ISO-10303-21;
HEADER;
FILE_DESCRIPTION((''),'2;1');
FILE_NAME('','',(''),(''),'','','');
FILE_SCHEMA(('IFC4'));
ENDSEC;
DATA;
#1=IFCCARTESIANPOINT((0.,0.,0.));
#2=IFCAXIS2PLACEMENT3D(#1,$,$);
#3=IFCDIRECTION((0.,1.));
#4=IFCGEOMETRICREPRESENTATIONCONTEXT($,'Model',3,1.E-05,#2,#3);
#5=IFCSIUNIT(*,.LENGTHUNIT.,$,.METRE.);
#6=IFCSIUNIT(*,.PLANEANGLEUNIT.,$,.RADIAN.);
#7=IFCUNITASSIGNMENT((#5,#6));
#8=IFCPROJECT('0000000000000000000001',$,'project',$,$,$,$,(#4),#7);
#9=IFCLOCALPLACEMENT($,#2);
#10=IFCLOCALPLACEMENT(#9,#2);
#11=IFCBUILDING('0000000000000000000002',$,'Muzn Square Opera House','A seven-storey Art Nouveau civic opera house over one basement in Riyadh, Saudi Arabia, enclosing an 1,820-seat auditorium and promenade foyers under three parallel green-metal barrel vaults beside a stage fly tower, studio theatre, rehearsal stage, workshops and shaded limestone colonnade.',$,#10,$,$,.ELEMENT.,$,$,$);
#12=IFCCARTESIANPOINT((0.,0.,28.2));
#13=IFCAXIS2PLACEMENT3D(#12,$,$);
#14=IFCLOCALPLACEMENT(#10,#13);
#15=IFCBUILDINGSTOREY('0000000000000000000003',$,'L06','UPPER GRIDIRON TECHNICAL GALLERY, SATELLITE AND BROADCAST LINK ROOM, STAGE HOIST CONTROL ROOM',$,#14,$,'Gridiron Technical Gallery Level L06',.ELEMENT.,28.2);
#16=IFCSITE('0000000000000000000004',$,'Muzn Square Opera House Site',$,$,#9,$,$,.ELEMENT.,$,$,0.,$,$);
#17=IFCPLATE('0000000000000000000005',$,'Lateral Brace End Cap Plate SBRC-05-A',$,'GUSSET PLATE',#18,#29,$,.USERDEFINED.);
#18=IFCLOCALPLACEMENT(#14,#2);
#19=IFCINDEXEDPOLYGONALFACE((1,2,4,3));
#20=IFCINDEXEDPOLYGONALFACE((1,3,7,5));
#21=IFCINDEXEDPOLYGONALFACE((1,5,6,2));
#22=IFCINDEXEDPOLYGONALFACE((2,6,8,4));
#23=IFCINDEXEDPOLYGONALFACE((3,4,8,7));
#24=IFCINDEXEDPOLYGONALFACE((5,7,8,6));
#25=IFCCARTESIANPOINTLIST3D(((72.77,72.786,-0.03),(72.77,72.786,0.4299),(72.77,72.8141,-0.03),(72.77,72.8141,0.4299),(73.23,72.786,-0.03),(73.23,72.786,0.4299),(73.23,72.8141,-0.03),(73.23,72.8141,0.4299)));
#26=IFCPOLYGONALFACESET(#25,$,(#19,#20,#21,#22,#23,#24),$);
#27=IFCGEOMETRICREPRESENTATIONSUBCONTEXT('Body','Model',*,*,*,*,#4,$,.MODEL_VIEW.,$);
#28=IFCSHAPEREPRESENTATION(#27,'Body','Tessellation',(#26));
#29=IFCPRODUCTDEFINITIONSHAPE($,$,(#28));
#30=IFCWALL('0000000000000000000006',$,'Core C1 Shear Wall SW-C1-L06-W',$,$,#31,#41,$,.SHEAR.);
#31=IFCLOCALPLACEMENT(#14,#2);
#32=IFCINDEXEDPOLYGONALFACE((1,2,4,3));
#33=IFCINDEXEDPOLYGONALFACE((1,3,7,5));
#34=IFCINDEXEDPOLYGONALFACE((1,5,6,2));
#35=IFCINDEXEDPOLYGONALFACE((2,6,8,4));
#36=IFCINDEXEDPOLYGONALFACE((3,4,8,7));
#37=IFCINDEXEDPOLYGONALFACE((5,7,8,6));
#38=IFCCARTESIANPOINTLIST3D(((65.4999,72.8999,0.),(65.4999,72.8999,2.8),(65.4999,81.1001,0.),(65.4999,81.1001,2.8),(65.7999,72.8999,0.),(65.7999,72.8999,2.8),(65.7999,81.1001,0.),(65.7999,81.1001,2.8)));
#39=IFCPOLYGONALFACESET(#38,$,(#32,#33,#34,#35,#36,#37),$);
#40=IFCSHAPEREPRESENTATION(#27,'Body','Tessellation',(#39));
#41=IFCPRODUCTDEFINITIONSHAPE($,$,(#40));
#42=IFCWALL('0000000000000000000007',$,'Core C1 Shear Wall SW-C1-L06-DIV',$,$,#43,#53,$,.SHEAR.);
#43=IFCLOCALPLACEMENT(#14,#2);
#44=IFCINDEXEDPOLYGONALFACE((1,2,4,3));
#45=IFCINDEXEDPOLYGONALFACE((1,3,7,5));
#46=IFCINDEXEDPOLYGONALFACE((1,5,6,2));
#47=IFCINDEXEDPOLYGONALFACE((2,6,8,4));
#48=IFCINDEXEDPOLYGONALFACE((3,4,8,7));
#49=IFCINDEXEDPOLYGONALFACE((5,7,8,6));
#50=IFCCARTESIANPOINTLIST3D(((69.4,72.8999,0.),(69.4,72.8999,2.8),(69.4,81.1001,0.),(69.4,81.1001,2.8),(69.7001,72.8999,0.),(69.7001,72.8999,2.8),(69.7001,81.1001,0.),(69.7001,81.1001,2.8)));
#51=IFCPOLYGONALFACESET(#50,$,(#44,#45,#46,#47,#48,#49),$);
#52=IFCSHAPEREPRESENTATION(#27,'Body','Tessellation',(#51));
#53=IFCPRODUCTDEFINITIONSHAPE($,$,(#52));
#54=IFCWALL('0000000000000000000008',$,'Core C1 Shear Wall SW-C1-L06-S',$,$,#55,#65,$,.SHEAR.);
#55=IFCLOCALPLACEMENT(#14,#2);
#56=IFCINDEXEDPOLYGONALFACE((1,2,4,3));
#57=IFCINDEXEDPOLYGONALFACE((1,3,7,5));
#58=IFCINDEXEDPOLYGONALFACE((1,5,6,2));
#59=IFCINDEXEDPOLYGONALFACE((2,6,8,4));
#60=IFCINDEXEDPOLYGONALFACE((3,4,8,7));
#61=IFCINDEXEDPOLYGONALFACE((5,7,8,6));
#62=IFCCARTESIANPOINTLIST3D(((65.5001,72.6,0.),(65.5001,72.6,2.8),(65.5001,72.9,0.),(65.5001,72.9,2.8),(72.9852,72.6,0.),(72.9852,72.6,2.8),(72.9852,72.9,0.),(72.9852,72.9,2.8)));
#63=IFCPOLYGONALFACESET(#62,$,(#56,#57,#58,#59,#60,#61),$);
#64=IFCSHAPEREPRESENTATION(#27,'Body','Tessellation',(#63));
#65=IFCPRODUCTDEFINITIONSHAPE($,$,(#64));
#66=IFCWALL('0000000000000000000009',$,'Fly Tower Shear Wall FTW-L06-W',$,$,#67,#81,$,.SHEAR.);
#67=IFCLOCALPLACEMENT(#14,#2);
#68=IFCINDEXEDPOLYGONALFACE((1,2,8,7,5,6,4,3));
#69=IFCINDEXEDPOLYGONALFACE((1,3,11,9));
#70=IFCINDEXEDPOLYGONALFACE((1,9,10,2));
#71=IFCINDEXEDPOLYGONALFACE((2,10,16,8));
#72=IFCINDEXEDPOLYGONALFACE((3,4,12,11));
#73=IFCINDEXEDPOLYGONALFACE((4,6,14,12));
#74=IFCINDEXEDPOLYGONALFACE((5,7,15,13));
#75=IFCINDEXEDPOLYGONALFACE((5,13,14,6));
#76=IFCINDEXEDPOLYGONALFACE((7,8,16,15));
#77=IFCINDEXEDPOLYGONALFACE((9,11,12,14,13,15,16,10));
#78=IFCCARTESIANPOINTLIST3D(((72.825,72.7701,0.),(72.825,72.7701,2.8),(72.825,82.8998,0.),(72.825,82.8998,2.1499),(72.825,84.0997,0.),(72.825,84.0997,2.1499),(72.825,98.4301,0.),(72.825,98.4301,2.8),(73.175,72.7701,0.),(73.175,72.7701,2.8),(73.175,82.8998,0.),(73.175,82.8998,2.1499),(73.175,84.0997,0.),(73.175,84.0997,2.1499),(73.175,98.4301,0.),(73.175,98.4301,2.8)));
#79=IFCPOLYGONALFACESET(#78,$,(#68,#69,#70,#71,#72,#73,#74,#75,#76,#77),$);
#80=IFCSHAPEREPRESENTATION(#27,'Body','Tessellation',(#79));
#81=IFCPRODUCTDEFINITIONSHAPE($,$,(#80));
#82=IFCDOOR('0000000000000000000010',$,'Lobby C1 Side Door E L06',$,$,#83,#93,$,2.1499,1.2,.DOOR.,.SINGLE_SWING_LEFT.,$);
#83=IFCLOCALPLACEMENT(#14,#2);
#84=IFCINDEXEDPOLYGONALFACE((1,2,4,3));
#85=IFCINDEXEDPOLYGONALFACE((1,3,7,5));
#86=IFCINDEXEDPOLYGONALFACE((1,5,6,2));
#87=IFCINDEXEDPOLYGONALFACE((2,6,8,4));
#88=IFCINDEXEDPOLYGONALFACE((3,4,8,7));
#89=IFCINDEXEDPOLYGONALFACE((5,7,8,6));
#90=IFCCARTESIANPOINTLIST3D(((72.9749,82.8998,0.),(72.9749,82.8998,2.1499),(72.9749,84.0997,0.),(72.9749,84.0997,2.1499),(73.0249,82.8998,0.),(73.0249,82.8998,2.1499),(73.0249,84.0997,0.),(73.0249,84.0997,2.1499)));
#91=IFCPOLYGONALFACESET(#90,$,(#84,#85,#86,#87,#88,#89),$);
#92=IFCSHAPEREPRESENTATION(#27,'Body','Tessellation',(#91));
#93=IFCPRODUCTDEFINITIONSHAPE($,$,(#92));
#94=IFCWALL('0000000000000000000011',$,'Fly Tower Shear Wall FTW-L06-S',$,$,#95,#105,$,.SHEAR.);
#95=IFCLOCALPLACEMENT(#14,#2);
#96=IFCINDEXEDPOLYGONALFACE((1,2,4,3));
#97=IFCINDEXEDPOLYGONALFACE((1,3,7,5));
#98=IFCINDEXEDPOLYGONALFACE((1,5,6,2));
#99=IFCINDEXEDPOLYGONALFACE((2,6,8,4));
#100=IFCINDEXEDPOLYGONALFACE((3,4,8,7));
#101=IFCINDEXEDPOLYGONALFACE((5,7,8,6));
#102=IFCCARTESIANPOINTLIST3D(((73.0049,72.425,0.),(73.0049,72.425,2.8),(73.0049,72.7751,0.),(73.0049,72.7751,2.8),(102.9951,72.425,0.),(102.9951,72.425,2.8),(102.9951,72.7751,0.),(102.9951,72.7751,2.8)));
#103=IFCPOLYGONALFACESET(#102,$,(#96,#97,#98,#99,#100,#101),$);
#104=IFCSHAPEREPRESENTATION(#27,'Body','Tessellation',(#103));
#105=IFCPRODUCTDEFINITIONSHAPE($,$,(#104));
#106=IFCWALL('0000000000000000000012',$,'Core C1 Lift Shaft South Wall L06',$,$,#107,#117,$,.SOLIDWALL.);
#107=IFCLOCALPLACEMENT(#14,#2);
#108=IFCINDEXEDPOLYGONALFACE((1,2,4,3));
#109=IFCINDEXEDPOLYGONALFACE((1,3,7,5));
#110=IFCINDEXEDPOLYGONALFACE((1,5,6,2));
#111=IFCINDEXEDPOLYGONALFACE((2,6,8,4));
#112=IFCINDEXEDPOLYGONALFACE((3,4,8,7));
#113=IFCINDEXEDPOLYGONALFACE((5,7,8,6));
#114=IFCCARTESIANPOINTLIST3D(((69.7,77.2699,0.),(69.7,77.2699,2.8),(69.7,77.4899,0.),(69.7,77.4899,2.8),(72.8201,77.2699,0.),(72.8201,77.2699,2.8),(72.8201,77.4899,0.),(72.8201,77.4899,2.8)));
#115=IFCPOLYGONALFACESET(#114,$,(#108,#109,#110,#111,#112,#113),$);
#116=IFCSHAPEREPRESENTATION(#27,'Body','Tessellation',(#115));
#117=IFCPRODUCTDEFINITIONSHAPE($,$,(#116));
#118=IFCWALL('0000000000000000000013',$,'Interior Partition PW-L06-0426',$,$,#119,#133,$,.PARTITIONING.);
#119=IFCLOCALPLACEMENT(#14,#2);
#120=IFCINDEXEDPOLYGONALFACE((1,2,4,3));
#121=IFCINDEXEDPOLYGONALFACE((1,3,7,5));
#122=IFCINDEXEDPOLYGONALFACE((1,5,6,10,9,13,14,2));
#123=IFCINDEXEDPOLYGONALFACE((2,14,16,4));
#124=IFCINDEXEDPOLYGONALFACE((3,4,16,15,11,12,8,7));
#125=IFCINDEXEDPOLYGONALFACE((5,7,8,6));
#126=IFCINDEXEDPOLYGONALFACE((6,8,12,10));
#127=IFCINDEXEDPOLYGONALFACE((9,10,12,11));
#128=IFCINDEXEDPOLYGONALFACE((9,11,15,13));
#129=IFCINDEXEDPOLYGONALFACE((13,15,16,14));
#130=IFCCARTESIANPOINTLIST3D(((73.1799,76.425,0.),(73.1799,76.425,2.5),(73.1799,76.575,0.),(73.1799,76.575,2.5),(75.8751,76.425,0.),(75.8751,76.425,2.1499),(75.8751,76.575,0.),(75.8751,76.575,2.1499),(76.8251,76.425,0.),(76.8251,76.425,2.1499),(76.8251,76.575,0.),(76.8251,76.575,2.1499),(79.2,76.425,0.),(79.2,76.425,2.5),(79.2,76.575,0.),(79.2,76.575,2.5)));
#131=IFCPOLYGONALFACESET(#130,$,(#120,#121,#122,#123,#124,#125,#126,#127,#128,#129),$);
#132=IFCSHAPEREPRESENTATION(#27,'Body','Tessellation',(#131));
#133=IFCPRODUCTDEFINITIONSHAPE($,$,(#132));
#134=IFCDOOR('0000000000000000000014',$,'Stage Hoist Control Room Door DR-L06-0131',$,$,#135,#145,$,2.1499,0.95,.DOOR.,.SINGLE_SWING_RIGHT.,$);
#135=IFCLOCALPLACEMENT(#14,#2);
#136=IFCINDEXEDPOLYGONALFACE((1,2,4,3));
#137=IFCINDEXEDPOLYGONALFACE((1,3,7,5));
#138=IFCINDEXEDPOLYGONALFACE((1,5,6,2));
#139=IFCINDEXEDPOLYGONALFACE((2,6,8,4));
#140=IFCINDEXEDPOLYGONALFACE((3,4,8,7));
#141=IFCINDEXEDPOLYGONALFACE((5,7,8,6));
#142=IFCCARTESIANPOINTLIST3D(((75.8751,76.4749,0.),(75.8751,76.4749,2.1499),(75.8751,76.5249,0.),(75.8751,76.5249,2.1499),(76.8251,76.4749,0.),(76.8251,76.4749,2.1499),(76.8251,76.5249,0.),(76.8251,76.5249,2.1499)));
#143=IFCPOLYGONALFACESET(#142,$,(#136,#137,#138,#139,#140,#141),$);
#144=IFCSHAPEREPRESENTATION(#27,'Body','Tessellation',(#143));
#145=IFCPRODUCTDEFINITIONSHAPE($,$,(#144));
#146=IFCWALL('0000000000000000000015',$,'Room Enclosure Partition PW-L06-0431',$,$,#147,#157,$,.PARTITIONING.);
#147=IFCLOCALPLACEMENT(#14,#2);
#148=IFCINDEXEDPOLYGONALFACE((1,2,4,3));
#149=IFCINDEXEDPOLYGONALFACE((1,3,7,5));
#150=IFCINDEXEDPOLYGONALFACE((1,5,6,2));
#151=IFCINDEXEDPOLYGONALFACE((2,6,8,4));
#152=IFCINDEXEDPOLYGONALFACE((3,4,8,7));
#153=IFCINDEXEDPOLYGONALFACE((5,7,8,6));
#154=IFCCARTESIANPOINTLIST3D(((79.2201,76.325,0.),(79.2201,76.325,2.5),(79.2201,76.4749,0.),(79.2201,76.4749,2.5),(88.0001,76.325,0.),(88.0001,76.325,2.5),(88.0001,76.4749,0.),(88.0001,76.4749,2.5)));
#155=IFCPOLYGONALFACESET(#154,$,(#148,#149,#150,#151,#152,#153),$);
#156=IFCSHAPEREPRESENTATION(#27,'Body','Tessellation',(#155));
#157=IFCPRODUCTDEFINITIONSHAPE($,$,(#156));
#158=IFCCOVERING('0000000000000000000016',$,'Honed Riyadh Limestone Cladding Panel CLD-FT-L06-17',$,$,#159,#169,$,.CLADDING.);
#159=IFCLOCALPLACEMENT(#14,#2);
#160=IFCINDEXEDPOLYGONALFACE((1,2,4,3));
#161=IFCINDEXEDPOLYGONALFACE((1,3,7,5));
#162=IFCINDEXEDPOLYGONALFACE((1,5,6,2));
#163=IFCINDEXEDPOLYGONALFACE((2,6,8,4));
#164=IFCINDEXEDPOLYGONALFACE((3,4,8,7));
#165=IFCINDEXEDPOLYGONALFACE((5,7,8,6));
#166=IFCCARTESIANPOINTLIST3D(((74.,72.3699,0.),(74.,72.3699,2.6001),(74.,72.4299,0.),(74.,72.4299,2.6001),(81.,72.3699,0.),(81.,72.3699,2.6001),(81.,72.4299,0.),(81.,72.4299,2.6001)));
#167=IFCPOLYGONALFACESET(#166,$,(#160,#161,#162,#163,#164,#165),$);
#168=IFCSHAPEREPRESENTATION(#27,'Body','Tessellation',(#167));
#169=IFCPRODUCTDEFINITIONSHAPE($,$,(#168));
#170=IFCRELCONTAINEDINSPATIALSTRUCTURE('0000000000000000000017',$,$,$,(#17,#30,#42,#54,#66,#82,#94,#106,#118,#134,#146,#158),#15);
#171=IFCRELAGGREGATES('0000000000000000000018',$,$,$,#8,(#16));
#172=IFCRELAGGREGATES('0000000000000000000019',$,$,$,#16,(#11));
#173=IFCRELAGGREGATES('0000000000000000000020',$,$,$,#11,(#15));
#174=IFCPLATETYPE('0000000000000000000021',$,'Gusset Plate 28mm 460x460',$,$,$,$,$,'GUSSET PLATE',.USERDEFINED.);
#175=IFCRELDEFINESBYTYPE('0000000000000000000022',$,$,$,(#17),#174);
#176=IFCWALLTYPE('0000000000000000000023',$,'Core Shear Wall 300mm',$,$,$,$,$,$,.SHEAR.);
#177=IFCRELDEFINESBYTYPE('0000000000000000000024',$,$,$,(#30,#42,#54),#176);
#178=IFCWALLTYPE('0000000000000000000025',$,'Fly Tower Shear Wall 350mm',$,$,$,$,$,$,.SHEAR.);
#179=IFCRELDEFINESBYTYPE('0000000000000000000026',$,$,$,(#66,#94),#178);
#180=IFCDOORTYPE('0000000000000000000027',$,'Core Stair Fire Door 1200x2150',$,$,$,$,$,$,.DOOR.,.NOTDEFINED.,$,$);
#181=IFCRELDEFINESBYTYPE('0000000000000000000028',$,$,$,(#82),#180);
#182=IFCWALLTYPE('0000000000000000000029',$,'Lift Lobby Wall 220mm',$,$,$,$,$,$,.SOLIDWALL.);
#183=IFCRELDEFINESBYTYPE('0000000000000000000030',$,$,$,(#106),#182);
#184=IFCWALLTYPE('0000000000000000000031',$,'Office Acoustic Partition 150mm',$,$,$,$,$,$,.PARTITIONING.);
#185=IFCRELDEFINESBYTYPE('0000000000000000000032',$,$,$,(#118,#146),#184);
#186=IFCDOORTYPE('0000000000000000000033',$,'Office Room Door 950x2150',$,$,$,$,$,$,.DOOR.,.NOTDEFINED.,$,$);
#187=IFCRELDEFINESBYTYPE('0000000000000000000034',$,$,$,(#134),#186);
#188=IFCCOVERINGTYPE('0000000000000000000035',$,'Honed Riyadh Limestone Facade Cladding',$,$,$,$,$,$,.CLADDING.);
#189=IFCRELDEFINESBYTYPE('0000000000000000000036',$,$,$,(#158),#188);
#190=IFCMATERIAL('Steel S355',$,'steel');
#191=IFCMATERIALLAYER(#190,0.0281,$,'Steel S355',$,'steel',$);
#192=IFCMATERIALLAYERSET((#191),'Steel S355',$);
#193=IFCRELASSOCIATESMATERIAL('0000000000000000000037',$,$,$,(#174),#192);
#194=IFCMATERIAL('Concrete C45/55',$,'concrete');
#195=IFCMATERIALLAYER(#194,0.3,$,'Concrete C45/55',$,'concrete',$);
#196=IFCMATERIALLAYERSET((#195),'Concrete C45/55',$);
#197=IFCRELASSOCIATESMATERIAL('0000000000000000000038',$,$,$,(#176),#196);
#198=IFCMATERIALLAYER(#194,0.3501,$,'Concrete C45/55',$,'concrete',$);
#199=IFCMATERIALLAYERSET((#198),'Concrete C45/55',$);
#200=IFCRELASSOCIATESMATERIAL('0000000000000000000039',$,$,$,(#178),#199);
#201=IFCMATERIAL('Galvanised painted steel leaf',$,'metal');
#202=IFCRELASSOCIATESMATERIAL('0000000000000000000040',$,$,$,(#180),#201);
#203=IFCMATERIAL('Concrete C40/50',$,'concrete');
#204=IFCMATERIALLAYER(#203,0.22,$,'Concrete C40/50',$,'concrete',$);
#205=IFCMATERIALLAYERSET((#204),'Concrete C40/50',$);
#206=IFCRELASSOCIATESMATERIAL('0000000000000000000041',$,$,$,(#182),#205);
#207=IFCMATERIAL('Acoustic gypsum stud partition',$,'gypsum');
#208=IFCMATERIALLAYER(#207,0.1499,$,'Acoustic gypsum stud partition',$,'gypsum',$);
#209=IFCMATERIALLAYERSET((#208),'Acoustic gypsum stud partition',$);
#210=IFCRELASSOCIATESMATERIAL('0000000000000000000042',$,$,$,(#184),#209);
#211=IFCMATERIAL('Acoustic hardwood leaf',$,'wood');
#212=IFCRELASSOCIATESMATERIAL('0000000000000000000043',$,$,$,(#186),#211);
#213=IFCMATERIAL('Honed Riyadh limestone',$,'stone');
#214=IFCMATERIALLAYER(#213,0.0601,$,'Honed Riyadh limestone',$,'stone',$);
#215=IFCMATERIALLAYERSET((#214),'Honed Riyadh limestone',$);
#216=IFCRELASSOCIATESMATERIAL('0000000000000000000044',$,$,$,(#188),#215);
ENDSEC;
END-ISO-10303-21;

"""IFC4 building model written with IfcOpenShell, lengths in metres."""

from ifc_helpers import new_model, si_unit, direction, frame, frame_2d, origin, origin_2d, place, context, subcontext, project, spatial, rectangle, extrude, material, layer, layer_set, type_object, element, fill, save


model = new_model("IFC4")

# Units and contexts
model_context = context("Model", 3, precision=1e-05, world=origin(), true_north=direction((0.0, 1.0)))
body_context = subcontext(model_context, "Body", "Model", "MODEL_VIEW")
ifc_project = project(units=[si_unit("LENGTHUNIT", "METRE"), si_unit("PLANEANGLEUNIT", "RADIAN")], contexts=[model_context])

# Site, building, storey
site_placement = place(None, origin())
site = spatial("IfcSite", under=ifc_project, at=site_placement, Name="Muzn Square Opera House Site", CompositionType="ELEMENT", RefElevation=0.0)
building_placement = place(site_placement, origin())
building = spatial("IfcBuilding", under=site, at=building_placement, Name="Muzn Square Opera House", Description="A seven-storey Art Nouveau civic opera house over one basement in Riyadh, Saudi Arabia, enclosing an 1,820-seat auditorium and promenade foyers under three parallel green-metal barrel vaults beside a stage fly tower, studio theatre, rehearsal stage, workshops and shaded limestone colonnade.", CompositionType="ELEMENT")
storey_placement = place(building_placement, frame((0.0, 0.0, 28.2)))
storey = spatial("IfcBuildingStorey", under=building, at=storey_placement, Name="L06", Description="UPPER GRIDIRON TECHNICAL GALLERY, SATELLITE AND BROADCAST LINK ROOM, STAGE HOIST CONTROL ROOM", LongName="Gridiron Technical Gallery Level L06", CompositionType="ELEMENT", Elevation=28.2)

# Shared definitions
ifc_material_1 = material(Name="Concrete C45/55", Category="concrete")
ifc_material_2 = material(Name="Steel S355", Category="steel")

# Shared definitions
ifc_material_3 = material(Name="Concrete C40/50", Category="concrete")

# Plate
ifc_layer_1 = layer(ifc_material_2, 0.0281, Name="Steel S355", Category="steel")
ifc_layer_set_1 = layer_set([ifc_layer_1], Name="Steel S355")
plate_type = type_object("IfcPlateType", Name="Gusset Plate 28mm 460x460", ElementType="GUSSET PLATE", PredefinedType="USERDEFINED", material=ifc_layer_set_1)
plate_placement = place(storey_placement, frame((73.0, 72.8, -0.03), z_axis=(0.0, 0.0, 1.0), x_axis=(1.0, 0.0, 0.0)))
element("IfcPlate", 1, at=plate_placement, inside=storey, type_object=plate_type, Name="Lateral Brace End Cap Plate SBRC-05-A", ObjectType="GUSSET PLATE", PredefinedType="USERDEFINED", context=body_context, shape_type="SweptSolid", body=[
    extrude(rectangle(XDim=0.46, YDim=0.0281, at=origin_2d()), origin(), (0.0, 0.0, 1.0), 0.46),
])

# Walls
ifc_layer_2 = layer(ifc_material_1, 0.3, Name="Concrete C45/55", Category="concrete")
ifc_layer_set_2 = layer_set([ifc_layer_2], Name="Concrete C45/55")
wall_type_1 = type_object("IfcWallType", Name="Core Shear Wall 300mm", PredefinedType="SHEAR", material=ifc_layer_set_2)
for number, where, z_axis, x_axis, name in (
    (2, (65.6499, 72.8999, 0.0), (0.0, 0.0, 1.0), (0.0, 1.0, 0.0), "Core C1 Shear Wall SW-C1-L06-W"),
    (3, (69.55, 72.8999, 0.0), (0.0, 0.0, 1.0), (0.0, 1.0, 0.0), "Core C1 Shear Wall SW-C1-L06-DIV"),
):
    element("IfcWall", number, at=place(storey_placement, frame(where, z_axis=z_axis, x_axis=x_axis)), inside=storey, type_object=wall_type_1, Name=name, PredefinedType="SHEAR", context=body_context, shape_type="SweptSolid", body=[
        extrude(rectangle(XDim=8.2002, YDim=0.3, at=frame_2d((4.1001, 0.0))), origin(), (0.0, 0.0, 1.0), 2.8),
    ])
wall_1_placement = place(storey_placement, frame((65.5, 72.75, 0.0), z_axis=(0.0, 0.0, 1.0), x_axis=(1.0, 0.0, 0.0)))
element("IfcWall", 4, at=wall_1_placement, inside=storey, type_object=wall_type_1, Name="Core C1 Shear Wall SW-C1-L06-S", PredefinedType="SHEAR", context=body_context, shape_type="SweptSolid", body=[
    extrude(rectangle(XDim=7.4851, YDim=0.3, at=frame_2d((3.7427, 0.0))), origin(), (0.0, 0.0, 1.0), 2.8),
])

# Wall, opening, door
ifc_layer_3 = layer(ifc_material_1, 0.3501, Name="Concrete C45/55", Category="concrete")
ifc_layer_set_3 = layer_set([ifc_layer_3], Name="Concrete C45/55")
wall_type_2 = type_object("IfcWallType", Name="Fly Tower Shear Wall 350mm", PredefinedType="SHEAR", material=ifc_layer_set_3)
wall_2_placement = place(storey_placement, frame((73.0, 72.77, 0.0), z_axis=(0.0, 0.0, 1.0), x_axis=(0.0, 1.0, 0.0)))
wall_2 = element("IfcWall", 5, at=wall_2_placement, inside=storey, type_object=wall_type_2, Name="Fly Tower Shear Wall FTW-L06-W", PredefinedType="SHEAR", context=body_context, shape_type="SweptSolid", body=[
    extrude(rectangle(XDim=25.6599, YDim=0.3501, at=frame_2d((12.8301, 0.0))), origin(), (0.0, 0.0, 1.0), 2.8),
])
opening_1_placement = place(wall_2_placement, frame((11.3298, 0.0, 0.0), z_axis=(0.0, 0.0, 1.0), x_axis=(-1.0, 0.0, 0.0)))
opening_1 = element("IfcOpeningElement", 6, at=opening_1_placement, cuts=wall_2, PredefinedType="OPENING", context=body_context, shape_type="SweptSolid", body=[
    extrude(rectangle(XDim=1.2, YDim=2.1499, at=frame_2d((0.6001, 1.075))), frame((0.0, 0.1851, 0.0), z_axis=(0.0, -1.0, 0.0), x_axis=(1.0, 0.0, 0.0)), (0.0, 0.0, 1.0), 0.3701),
])
ifc_material_4 = material(Name="Galvanised painted steel leaf", Category="metal")
door_type_1 = type_object("IfcDoorType", Name="Core Stair Fire Door 1200x2150", OperationType="NOTDEFINED", PredefinedType="DOOR", material=ifc_material_4)
door_1_placement = place(opening_1_placement, origin())
door_1 = element("IfcDoor", 7, at=door_1_placement, inside=storey, type_object=door_type_1, Name="Lobby C1 Side Door E L06", OperationType="SINGLE_SWING_LEFT", OverallHeight=2.1499, OverallWidth=1.2, PredefinedType="DOOR", context=body_context, shape_type="SweptSolid", body=[
    extrude(rectangle(XDim=1.2, YDim=2.1499, at=frame_2d((0.6001, 1.075))), frame((0.0, 0.0249, 0.0), z_axis=(0.0, -1.0, 0.0), x_axis=(1.0, 0.0, 0.0)), (0.0, 0.0, 1.0), 0.05),
])
fill(opening_1, door_1)

# Walls
wall_3_placement = place(storey_placement, frame((73.0049, 72.6001, 0.0), z_axis=(0.0, 0.0, 1.0), x_axis=(1.0, 0.0, 0.0)))
element("IfcWall", 8, at=wall_3_placement, inside=storey, type_object=wall_type_2, Name="Fly Tower Shear Wall FTW-L06-S", PredefinedType="SHEAR", context=body_context, shape_type="SweptSolid", body=[
    extrude(rectangle(XDim=29.9902, YDim=0.3501, at=frame_2d((14.9951, 0.0))), origin(), (0.0, 0.0, 1.0), 2.8),
])
ifc_layer_4 = layer(ifc_material_3, 0.22, Name="Concrete C40/50", Category="concrete")
ifc_layer_set_4 = layer_set([ifc_layer_4], Name="Concrete C40/50")
wall_type_3 = type_object("IfcWallType", Name="Lift Lobby Wall 220mm", PredefinedType="SOLIDWALL", material=ifc_layer_set_4)
wall_4_placement = place(storey_placement, frame((69.7, 77.3799, 0.0), z_axis=(0.0, 0.0, 1.0), x_axis=(1.0, 0.0, 0.0)))
element("IfcWall", 9, at=wall_4_placement, inside=storey, type_object=wall_type_3, Name="Core C1 Lift Shaft South Wall L06", PredefinedType="SOLIDWALL", context=body_context, shape_type="SweptSolid", body=[
    extrude(rectangle(XDim=3.1201, YDim=0.22, at=frame_2d((1.5601, 0.0))), origin(), (0.0, 0.0, 1.0), 2.8),
])

# Wall, opening, door
ifc_material_5 = material(Name="Acoustic gypsum stud partition", Category="gypsum")
ifc_layer_5 = layer(ifc_material_5, 0.1499, Name="Acoustic gypsum stud partition", Category="gypsum")
ifc_layer_set_5 = layer_set([ifc_layer_5], Name="Acoustic gypsum stud partition")
wall_type_4 = type_object("IfcWallType", Name="Office Acoustic Partition 150mm", PredefinedType="PARTITIONING", material=ifc_layer_set_5)
wall_5_placement = place(storey_placement, frame((73.1799, 76.5, 0.0), z_axis=(0.0, 0.0, 1.0), x_axis=(1.0, 0.0, 0.0)))
wall_5 = element("IfcWall", 10, at=wall_5_placement, inside=storey, type_object=wall_type_4, Name="Interior Partition PW-L06-0426", PredefinedType="PARTITIONING", context=body_context, shape_type="SweptSolid", body=[
    extrude(rectangle(XDim=6.02, YDim=0.1499, at=frame_2d((3.01, 0.0))), origin(), (0.0, 0.0, 1.0), 2.5),
])
opening_2_placement = place(wall_5_placement, frame((2.6951, 0.0, 0.0)))
opening_2 = element("IfcOpeningElement", 11, at=opening_2_placement, cuts=wall_5, PredefinedType="OPENING", context=body_context, shape_type="SweptSolid", body=[
    extrude(rectangle(XDim=0.95, YDim=2.1499, at=frame_2d((0.4751, 1.075))), frame((0.0, 0.085, 0.0), z_axis=(0.0, -1.0, 0.0), x_axis=(1.0, 0.0, 0.0)), (0.0, 0.0, 1.0), 0.1699),
])
ifc_material_6 = material(Name="Acoustic hardwood leaf", Category="wood")
door_type_2 = type_object("IfcDoorType", Name="Office Room Door 950x2150", OperationType="NOTDEFINED", PredefinedType="DOOR", material=ifc_material_6)
door_2_placement = place(opening_2_placement, origin())
door_2 = element("IfcDoor", 12, at=door_2_placement, inside=storey, type_object=door_type_2, Name="Stage Hoist Control Room Door DR-L06-0131", OperationType="SINGLE_SWING_RIGHT", OverallHeight=2.1499, OverallWidth=0.95, PredefinedType="DOOR", context=body_context, shape_type="SweptSolid", body=[
    extrude(rectangle(XDim=0.95, YDim=2.1499, at=frame_2d((0.4751, 1.075))), frame((0.0, 0.0249, 0.0), z_axis=(0.0, -1.0, 0.0), x_axis=(1.0, 0.0, 0.0)), (0.0, 0.0, 1.0), 0.05),
])
fill(opening_2, door_2)

# Wall
wall_6_placement = place(storey_placement, frame((79.22, 76.3999, 0.0), z_axis=(0.0, 0.0, 1.0), x_axis=(1.0, 0.0, 0.0)))
element("IfcWall", 13, at=wall_6_placement, inside=storey, type_object=wall_type_4, Name="Room Enclosure Partition PW-L06-0431", PredefinedType="PARTITIONING", context=body_context, shape_type="SweptSolid", body=[
    extrude(rectangle(XDim=8.78, YDim=0.1499, at=frame_2d((4.3901, 0.0))), origin(), (0.0, 0.0, 1.0), 2.5),
])

# Covering
ifc_material_7 = material(Name="Honed Riyadh limestone", Category="stone")
ifc_layer_6 = layer(ifc_material_7, 0.0601, Name="Honed Riyadh limestone", Category="stone")
ifc_layer_set_6 = layer_set([ifc_layer_6], Name="Honed Riyadh limestone")
covering_type = type_object("IfcCoveringType", Name="Honed Riyadh Limestone Facade Cladding", PredefinedType="CLADDING", material=ifc_layer_set_6)
covering_1_placement = place(storey_placement, frame((77.5, 72.3999, 0.0), z_axis=(0.0, 0.0, 1.0), x_axis=(1.0, 0.0, 0.0)))
element("IfcCovering", 14, at=covering_1_placement, inside=storey, type_object=covering_type, Name="Honed Riyadh Limestone Cladding Panel CLD-FT-L06-17", PredefinedType="CLADDING", context=body_context, shape_type="SweptSolid", body=[
    extrude(rectangle(XDim=7.0, YDim=0.0601, at=origin_2d()), origin(), (0.0, 0.0, 1.0), 2.6001),
])

save(model, "model.ifc")
